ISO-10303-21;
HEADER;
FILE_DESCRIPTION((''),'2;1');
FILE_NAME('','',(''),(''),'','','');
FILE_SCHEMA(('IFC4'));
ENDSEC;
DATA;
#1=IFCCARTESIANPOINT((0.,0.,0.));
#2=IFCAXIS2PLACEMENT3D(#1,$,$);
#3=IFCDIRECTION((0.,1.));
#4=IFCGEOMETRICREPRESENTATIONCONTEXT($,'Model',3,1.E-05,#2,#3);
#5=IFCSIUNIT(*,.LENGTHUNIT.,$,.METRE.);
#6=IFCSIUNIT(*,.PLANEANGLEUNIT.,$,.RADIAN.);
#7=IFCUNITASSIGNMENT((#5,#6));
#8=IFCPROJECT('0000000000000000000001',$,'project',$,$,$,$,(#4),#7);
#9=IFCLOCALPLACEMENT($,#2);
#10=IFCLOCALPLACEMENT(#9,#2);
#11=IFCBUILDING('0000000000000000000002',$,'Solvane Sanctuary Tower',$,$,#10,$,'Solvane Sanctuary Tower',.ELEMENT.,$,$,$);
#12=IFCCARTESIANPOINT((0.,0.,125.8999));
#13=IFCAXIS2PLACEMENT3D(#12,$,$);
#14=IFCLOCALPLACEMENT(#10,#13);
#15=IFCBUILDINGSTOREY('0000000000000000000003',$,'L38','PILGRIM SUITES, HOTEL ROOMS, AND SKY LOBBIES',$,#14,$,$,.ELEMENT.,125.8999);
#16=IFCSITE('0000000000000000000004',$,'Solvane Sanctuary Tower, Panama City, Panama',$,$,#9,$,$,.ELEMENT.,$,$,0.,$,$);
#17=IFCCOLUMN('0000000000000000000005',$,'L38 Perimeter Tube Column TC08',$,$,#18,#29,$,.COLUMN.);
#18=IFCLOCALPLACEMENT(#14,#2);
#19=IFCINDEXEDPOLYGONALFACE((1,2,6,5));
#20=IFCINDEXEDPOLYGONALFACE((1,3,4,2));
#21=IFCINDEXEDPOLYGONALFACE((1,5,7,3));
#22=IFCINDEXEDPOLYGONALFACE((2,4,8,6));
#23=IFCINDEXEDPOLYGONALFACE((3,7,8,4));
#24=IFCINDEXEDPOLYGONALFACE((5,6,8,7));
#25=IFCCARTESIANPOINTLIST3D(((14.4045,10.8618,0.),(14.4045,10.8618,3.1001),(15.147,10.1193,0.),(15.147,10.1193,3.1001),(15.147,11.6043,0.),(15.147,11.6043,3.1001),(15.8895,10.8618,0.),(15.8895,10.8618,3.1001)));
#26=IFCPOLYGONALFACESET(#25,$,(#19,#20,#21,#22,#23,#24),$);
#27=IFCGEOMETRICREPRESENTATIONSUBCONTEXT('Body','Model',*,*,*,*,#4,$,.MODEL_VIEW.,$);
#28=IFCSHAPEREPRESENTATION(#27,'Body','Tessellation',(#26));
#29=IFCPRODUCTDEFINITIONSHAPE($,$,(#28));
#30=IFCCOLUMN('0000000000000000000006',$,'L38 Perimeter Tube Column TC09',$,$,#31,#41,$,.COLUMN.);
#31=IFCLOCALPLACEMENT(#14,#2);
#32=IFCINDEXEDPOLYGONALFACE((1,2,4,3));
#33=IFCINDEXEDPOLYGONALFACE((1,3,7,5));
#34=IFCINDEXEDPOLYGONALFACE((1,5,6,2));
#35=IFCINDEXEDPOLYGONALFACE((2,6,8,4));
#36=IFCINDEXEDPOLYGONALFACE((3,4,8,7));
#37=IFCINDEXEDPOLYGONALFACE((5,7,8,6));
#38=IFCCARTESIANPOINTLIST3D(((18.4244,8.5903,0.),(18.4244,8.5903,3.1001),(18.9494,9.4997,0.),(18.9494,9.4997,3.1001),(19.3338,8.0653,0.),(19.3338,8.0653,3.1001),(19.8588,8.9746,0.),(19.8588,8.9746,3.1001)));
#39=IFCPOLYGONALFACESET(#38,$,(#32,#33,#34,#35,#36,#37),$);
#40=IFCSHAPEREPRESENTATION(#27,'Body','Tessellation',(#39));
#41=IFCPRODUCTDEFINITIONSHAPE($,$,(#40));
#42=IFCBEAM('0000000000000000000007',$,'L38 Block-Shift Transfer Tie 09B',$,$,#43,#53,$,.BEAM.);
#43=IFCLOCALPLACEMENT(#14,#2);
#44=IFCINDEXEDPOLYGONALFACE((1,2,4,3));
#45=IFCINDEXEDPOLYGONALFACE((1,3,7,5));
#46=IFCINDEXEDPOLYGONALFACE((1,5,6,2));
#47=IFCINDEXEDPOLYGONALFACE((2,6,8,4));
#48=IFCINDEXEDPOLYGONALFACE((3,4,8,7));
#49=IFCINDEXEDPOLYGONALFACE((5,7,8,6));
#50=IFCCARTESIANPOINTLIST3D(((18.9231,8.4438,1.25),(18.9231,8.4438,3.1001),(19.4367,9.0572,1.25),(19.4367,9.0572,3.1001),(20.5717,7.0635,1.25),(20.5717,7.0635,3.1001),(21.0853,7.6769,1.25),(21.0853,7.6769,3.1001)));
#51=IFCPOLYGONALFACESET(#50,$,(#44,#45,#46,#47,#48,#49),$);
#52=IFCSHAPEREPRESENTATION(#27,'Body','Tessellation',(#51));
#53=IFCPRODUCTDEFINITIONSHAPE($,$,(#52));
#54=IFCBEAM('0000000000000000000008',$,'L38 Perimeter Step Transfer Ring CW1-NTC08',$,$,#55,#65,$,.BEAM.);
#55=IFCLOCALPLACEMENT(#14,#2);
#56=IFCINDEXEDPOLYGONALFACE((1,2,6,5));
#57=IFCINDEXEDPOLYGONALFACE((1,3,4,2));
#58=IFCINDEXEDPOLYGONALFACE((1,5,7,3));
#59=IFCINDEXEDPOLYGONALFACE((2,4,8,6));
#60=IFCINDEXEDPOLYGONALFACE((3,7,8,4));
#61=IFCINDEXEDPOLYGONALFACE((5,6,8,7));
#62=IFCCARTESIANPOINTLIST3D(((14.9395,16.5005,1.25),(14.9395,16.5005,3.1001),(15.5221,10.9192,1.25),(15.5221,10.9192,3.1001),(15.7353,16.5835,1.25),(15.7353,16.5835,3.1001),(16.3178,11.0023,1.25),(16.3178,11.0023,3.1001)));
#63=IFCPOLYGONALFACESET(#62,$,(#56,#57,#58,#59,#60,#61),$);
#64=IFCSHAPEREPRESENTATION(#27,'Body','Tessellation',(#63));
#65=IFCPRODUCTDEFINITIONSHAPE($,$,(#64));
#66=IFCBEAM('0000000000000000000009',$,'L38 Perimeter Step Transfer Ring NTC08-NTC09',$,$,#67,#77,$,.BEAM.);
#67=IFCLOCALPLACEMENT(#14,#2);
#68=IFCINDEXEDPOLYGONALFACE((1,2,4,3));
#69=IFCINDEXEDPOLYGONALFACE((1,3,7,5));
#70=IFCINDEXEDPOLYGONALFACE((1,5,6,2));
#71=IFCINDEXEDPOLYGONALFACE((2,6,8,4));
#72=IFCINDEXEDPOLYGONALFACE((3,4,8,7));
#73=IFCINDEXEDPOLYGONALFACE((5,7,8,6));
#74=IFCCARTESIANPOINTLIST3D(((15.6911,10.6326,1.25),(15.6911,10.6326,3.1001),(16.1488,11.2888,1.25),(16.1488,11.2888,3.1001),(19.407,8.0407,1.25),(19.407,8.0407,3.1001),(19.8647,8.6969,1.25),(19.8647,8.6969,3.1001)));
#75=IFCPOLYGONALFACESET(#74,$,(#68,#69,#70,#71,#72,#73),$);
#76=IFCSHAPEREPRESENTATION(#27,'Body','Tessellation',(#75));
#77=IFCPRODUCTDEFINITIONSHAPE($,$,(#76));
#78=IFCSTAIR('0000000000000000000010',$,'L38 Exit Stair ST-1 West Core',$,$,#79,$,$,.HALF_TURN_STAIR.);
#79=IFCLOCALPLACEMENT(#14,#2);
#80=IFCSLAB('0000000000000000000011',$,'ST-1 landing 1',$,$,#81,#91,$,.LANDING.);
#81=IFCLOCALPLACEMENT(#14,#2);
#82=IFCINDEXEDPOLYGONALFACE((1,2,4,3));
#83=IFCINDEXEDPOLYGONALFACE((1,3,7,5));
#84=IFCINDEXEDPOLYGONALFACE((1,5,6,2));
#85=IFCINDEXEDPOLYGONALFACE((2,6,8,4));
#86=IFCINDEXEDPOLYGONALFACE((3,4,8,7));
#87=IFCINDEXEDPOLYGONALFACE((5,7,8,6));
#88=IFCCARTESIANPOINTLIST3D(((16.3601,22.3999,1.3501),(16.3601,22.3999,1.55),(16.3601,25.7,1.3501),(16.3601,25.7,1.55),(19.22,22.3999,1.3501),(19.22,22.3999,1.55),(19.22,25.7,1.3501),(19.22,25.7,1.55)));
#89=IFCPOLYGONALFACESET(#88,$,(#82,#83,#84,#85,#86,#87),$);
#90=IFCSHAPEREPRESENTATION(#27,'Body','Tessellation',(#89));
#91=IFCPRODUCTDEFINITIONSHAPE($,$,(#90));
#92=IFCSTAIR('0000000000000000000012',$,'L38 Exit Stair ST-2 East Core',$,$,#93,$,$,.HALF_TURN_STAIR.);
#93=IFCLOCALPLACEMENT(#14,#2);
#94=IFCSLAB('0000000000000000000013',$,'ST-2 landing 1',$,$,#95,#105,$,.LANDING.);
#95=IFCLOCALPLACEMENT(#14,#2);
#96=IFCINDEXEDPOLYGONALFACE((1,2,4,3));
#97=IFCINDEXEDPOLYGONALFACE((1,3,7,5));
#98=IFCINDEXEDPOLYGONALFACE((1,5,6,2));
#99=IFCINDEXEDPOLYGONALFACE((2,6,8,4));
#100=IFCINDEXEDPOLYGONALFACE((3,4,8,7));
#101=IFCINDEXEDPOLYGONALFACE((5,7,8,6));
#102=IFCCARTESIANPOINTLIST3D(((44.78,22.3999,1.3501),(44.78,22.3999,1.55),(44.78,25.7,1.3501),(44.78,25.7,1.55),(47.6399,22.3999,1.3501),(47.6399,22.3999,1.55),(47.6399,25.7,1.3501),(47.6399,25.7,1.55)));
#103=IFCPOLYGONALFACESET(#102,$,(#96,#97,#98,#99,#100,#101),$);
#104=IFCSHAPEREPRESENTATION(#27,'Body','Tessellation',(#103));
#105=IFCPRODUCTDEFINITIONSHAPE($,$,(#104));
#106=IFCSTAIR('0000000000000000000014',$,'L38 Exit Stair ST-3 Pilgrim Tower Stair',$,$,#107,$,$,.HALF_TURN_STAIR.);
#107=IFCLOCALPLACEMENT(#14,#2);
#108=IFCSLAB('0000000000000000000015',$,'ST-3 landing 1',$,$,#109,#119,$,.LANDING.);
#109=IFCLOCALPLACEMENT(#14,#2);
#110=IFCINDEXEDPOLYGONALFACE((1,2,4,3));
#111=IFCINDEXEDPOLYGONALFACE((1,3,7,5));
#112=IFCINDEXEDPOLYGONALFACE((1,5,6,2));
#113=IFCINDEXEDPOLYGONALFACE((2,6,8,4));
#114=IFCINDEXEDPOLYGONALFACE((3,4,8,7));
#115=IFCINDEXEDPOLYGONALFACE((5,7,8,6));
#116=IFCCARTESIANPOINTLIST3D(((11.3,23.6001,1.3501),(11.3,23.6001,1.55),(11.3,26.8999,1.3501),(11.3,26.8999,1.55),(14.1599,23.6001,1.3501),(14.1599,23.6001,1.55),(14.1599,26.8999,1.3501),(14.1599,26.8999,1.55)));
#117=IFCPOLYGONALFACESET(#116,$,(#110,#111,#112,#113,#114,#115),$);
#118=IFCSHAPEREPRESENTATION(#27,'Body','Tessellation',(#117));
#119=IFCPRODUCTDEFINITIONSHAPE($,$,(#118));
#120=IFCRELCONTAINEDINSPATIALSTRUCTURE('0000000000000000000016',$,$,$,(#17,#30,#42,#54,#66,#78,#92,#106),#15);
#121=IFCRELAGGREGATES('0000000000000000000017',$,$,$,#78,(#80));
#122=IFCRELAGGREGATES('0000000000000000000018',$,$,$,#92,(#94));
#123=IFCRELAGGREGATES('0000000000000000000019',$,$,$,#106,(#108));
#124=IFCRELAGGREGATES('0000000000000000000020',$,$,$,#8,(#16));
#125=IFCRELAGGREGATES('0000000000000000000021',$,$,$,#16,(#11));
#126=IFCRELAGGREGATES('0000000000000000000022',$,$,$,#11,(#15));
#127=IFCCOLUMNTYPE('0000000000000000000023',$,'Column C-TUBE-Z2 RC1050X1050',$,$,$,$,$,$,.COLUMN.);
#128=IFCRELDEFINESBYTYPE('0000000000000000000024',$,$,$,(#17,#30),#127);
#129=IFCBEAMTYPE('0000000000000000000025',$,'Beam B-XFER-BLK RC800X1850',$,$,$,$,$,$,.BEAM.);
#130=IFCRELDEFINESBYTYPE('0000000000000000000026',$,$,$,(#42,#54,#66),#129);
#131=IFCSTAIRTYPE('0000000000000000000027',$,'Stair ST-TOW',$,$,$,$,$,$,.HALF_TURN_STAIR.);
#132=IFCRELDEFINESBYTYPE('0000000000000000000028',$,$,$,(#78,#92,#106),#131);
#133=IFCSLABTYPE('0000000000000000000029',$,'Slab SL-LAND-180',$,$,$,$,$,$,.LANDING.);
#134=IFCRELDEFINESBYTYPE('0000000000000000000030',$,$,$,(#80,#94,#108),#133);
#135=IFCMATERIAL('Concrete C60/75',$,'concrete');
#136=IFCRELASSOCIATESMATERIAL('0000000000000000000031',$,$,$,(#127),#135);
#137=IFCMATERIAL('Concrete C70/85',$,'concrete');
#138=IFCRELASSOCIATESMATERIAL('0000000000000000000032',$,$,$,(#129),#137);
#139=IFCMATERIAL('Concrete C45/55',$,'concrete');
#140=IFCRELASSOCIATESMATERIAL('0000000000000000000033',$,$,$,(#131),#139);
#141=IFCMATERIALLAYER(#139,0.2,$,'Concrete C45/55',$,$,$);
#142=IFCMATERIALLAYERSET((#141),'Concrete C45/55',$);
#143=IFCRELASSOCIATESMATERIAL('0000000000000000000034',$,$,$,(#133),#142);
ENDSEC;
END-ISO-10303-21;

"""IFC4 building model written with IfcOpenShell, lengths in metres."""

from ifc_helpers import new_model, si_unit, direction, frame, origin, origin_2d, place, context, subcontext, project, spatial, polyline, rectangle, outline, extrude, material, layer, layer_set, material_profile, profile_set, type_object, element, aggregate, save


model = new_model("IFC4")

# Units and contexts
model_context = context("Model", 3, precision=1e-05, world=origin(), true_north=direction((0.0, 1.0)))
body_context = subcontext(model_context, "Body", "Model", "MODEL_VIEW")
ifc_project = project(units=[si_unit("LENGTHUNIT", "METRE"), si_unit("PLANEANGLEUNIT", "RADIAN")], contexts=[model_context])

# Site, building, storey
site_placement = place(None, origin())
site = spatial("IfcSite", under=ifc_project, at=site_placement, Name="Solvane Sanctuary Tower, Panama City, Panama", CompositionType="ELEMENT", RefElevation=0.0)
building_placement = place(site_placement, origin())
building = spatial("IfcBuilding", under=site, at=building_placement, Name="Solvane Sanctuary Tower", LongName="Solvane Sanctuary Tower", CompositionType="ELEMENT")
storey_placement = place(building_placement, frame((0.0, 0.0, 125.8999)))
storey = spatial("IfcBuildingStorey", under=building, at=storey_placement, Name="L38", Description="PILGRIM SUITES, HOTEL ROOMS, AND SKY LOBBIES", CompositionType="ELEMENT", Elevation=125.8999)

# Columns
ifc_material_1 = material(Name="Concrete C60/75", Category="concrete")
ifc_material_profile_1 = material_profile(ifc_material_1, rectangle(XDim=1.05, YDim=1.05, at=origin_2d()), Name="RC1050X1050")
ifc_profile_set_1 = profile_set([ifc_material_profile_1], Name="Concrete C60/75")
column_type = type_object("IfcColumnType", Name="Column C-TUBE-Z2 RC1050X1050", PredefinedType="COLUMN", material=ifc_profile_set_1)
for number, where, z_axis, x_axis, name in (
    (1, (15.147, 10.8618, 0.0), (0.0, 0.0, 1.0), (-0.707107, -0.707107, 0.0), "L38 Perimeter Tube Column TC08"),
    (2, (19.1416, 8.7825, 0.0), (0.0, 0.0, 1.0), (-0.5, -0.866025, 0.0), "L38 Perimeter Tube Column TC09"),
):
    element("IfcColumn", number, at=place(storey_placement, frame(where, z_axis=z_axis, x_axis=x_axis)), inside=storey, type_object=column_type, Name=name, PredefinedType="COLUMN", context=body_context, shape_type="SweptSolid", body=[
        extrude(rectangle(XDim=1.05, YDim=1.05, at=origin_2d()), origin(), (0.0, 0.0, 1.0), 3.1001),
    ])

# Beams
ifc_material_2 = material(Name="Concrete C70/85", Category="concrete")
ifc_material_profile_2 = material_profile(ifc_material_2, rectangle(XDim=0.8, YDim=1.8501, at=origin_2d()), Name="RC800X1850")
ifc_profile_set_2 = profile_set([ifc_material_profile_2], Name="Concrete C70/85")
beam_type = type_object("IfcBeamType", Name="Beam B-XFER-BLK RC800X1850", PredefinedType="BEAM", material=ifc_profile_set_2)
beam_1_placement = place(storey_placement, frame((19.1799, 8.7505, 2.175), z_axis=(0.766739, -0.641958, 0.0), x_axis=(0.641958, 0.766739, 0.0)))
element("IfcBeam", 3, at=beam_1_placement, inside=storey, type_object=beam_type, Name="L38 Block-Shift Transfer Tie 09B", PredefinedType="BEAM", context=body_context, shape_type="SweptSolid", body=[
    extrude(rectangle(XDim=0.8, YDim=1.8501, at=origin_2d()), origin(), (0.0, 0.0, 1.0), 2.1501),
])
beam_2_placement = place(storey_placement, frame((15.3374, 16.542, 2.175), z_axis=(0.103806, -0.994598, 0.0), x_axis=(0.994598, 0.103806, 0.0)))
element("IfcBeam", 4, at=beam_2_placement, inside=storey, type_object=beam_type, Name="L38 Perimeter Step Transfer Ring CW1-NTC08", PredefinedType="BEAM", context=body_context, shape_type="SweptSolid", body=[
    extrude(rectangle(XDim=0.8, YDim=1.8501, at=origin_2d()), origin(), (0.0, 0.0, 1.0), 5.6116),
])
beam_3_placement = place(storey_placement, frame((15.9199, 10.9607, 2.175), z_axis=(0.820193, -0.572087, 0.0), x_axis=(0.572087, 0.820193, 0.0)))
element("IfcBeam", 5, at=beam_3_placement, inside=storey, type_object=beam_type, Name="L38 Perimeter Step Transfer Ring NTC08-NTC09", PredefinedType="BEAM", context=body_context, shape_type="SweptSolid", body=[
    extrude(rectangle(XDim=0.8, YDim=1.8501, at=origin_2d()), origin(), (0.0, 0.0, 1.0), 4.5305),
])

# Stairs, slabs
ifc_material_3 = material(Name="Concrete C45/55", Category="concrete")
stair_type = type_object("IfcStairType", Name="Stair ST-TOW", PredefinedType="HALF_TURN_STAIR", material=ifc_material_3)
stair_1_placement = place(storey_placement, origin())
stair_1 = element("IfcStair", 6, at=stair_1_placement, inside=storey, type_object=stair_type, Name="L38 Exit Stair ST-1 West Core", PredefinedType="HALF_TURN_STAIR")
ifc_layer_1 = layer(ifc_material_3, 0.2, Name="Concrete C45/55")
ifc_layer_set_1 = layer_set([ifc_layer_1], Name="Concrete C45/55")
slab_type_1 = type_object("IfcSlabType", Name="Slab SL-LAND-180", PredefinedType="LANDING", material=ifc_layer_set_1)
slab_1_placement = place(storey_placement, frame((0.0, 0.0, 1.3501)))
slab_1 = element("IfcSlab", 7, at=slab_1_placement, type_object=slab_type_1, Name="ST-1 landing 1", PredefinedType="LANDING", context=body_context, shape_type="SweptSolid", body=[
    extrude(outline(polyline([(19.22, 22.3999), (19.22, 25.7), (16.3601, 25.7), (16.3601, 22.3999), (19.22, 22.3999)])), origin(), (0.0, 0.0, 1.0), 0.2),
])
aggregate(stair_1, [slab_1])
stair_2_placement = place(storey_placement, origin())
stair_2 = element("IfcStair", 8, at=stair_2_placement, inside=storey, type_object=stair_type, Name="L38 Exit Stair ST-2 East Core", PredefinedType="HALF_TURN_STAIR")
slab_2_placement = place(storey_placement, frame((0.0, 0.0, 1.3501)))
slab_2 = element("IfcSlab", 9, at=slab_2_placement, type_object=slab_type_1, Name="ST-2 landing 1", PredefinedType="LANDING", context=body_context, shape_type="SweptSolid", body=[
    extrude(outline(polyline([(47.6399, 22.3999), (47.6399, 25.7), (44.78, 25.7), (44.78, 22.3999), (47.6399, 22.3999)])), origin(), (0.0, 0.0, 1.0), 0.2),
])
aggregate(stair_2, [slab_2])
stair_3_placement = place(storey_placement, origin())
stair_3 = element("IfcStair", 10, at=stair_3_placement, inside=storey, type_object=stair_type, Name="L38 Exit Stair ST-3 Pilgrim Tower Stair", PredefinedType="HALF_TURN_STAIR")
slab_3_placement = place(storey_placement, frame((0.0, 0.0, 1.3501)))
slab_3 = element("IfcSlab", 11, at=slab_3_placement, type_object=slab_type_1, Name="ST-3 landing 1", PredefinedType="LANDING", context=body_context, shape_type="SweptSolid", body=[
    extrude(outline(polyline([(14.1599, 23.6001), (14.1599, 26.8999), (11.3, 26.8999), (11.3, 23.6001), (14.1599, 23.6001)])), origin(), (0.0, 0.0, 1.0), 0.2),
])
aggregate(stair_3, [slab_3])

save(model, "model.ifc")
